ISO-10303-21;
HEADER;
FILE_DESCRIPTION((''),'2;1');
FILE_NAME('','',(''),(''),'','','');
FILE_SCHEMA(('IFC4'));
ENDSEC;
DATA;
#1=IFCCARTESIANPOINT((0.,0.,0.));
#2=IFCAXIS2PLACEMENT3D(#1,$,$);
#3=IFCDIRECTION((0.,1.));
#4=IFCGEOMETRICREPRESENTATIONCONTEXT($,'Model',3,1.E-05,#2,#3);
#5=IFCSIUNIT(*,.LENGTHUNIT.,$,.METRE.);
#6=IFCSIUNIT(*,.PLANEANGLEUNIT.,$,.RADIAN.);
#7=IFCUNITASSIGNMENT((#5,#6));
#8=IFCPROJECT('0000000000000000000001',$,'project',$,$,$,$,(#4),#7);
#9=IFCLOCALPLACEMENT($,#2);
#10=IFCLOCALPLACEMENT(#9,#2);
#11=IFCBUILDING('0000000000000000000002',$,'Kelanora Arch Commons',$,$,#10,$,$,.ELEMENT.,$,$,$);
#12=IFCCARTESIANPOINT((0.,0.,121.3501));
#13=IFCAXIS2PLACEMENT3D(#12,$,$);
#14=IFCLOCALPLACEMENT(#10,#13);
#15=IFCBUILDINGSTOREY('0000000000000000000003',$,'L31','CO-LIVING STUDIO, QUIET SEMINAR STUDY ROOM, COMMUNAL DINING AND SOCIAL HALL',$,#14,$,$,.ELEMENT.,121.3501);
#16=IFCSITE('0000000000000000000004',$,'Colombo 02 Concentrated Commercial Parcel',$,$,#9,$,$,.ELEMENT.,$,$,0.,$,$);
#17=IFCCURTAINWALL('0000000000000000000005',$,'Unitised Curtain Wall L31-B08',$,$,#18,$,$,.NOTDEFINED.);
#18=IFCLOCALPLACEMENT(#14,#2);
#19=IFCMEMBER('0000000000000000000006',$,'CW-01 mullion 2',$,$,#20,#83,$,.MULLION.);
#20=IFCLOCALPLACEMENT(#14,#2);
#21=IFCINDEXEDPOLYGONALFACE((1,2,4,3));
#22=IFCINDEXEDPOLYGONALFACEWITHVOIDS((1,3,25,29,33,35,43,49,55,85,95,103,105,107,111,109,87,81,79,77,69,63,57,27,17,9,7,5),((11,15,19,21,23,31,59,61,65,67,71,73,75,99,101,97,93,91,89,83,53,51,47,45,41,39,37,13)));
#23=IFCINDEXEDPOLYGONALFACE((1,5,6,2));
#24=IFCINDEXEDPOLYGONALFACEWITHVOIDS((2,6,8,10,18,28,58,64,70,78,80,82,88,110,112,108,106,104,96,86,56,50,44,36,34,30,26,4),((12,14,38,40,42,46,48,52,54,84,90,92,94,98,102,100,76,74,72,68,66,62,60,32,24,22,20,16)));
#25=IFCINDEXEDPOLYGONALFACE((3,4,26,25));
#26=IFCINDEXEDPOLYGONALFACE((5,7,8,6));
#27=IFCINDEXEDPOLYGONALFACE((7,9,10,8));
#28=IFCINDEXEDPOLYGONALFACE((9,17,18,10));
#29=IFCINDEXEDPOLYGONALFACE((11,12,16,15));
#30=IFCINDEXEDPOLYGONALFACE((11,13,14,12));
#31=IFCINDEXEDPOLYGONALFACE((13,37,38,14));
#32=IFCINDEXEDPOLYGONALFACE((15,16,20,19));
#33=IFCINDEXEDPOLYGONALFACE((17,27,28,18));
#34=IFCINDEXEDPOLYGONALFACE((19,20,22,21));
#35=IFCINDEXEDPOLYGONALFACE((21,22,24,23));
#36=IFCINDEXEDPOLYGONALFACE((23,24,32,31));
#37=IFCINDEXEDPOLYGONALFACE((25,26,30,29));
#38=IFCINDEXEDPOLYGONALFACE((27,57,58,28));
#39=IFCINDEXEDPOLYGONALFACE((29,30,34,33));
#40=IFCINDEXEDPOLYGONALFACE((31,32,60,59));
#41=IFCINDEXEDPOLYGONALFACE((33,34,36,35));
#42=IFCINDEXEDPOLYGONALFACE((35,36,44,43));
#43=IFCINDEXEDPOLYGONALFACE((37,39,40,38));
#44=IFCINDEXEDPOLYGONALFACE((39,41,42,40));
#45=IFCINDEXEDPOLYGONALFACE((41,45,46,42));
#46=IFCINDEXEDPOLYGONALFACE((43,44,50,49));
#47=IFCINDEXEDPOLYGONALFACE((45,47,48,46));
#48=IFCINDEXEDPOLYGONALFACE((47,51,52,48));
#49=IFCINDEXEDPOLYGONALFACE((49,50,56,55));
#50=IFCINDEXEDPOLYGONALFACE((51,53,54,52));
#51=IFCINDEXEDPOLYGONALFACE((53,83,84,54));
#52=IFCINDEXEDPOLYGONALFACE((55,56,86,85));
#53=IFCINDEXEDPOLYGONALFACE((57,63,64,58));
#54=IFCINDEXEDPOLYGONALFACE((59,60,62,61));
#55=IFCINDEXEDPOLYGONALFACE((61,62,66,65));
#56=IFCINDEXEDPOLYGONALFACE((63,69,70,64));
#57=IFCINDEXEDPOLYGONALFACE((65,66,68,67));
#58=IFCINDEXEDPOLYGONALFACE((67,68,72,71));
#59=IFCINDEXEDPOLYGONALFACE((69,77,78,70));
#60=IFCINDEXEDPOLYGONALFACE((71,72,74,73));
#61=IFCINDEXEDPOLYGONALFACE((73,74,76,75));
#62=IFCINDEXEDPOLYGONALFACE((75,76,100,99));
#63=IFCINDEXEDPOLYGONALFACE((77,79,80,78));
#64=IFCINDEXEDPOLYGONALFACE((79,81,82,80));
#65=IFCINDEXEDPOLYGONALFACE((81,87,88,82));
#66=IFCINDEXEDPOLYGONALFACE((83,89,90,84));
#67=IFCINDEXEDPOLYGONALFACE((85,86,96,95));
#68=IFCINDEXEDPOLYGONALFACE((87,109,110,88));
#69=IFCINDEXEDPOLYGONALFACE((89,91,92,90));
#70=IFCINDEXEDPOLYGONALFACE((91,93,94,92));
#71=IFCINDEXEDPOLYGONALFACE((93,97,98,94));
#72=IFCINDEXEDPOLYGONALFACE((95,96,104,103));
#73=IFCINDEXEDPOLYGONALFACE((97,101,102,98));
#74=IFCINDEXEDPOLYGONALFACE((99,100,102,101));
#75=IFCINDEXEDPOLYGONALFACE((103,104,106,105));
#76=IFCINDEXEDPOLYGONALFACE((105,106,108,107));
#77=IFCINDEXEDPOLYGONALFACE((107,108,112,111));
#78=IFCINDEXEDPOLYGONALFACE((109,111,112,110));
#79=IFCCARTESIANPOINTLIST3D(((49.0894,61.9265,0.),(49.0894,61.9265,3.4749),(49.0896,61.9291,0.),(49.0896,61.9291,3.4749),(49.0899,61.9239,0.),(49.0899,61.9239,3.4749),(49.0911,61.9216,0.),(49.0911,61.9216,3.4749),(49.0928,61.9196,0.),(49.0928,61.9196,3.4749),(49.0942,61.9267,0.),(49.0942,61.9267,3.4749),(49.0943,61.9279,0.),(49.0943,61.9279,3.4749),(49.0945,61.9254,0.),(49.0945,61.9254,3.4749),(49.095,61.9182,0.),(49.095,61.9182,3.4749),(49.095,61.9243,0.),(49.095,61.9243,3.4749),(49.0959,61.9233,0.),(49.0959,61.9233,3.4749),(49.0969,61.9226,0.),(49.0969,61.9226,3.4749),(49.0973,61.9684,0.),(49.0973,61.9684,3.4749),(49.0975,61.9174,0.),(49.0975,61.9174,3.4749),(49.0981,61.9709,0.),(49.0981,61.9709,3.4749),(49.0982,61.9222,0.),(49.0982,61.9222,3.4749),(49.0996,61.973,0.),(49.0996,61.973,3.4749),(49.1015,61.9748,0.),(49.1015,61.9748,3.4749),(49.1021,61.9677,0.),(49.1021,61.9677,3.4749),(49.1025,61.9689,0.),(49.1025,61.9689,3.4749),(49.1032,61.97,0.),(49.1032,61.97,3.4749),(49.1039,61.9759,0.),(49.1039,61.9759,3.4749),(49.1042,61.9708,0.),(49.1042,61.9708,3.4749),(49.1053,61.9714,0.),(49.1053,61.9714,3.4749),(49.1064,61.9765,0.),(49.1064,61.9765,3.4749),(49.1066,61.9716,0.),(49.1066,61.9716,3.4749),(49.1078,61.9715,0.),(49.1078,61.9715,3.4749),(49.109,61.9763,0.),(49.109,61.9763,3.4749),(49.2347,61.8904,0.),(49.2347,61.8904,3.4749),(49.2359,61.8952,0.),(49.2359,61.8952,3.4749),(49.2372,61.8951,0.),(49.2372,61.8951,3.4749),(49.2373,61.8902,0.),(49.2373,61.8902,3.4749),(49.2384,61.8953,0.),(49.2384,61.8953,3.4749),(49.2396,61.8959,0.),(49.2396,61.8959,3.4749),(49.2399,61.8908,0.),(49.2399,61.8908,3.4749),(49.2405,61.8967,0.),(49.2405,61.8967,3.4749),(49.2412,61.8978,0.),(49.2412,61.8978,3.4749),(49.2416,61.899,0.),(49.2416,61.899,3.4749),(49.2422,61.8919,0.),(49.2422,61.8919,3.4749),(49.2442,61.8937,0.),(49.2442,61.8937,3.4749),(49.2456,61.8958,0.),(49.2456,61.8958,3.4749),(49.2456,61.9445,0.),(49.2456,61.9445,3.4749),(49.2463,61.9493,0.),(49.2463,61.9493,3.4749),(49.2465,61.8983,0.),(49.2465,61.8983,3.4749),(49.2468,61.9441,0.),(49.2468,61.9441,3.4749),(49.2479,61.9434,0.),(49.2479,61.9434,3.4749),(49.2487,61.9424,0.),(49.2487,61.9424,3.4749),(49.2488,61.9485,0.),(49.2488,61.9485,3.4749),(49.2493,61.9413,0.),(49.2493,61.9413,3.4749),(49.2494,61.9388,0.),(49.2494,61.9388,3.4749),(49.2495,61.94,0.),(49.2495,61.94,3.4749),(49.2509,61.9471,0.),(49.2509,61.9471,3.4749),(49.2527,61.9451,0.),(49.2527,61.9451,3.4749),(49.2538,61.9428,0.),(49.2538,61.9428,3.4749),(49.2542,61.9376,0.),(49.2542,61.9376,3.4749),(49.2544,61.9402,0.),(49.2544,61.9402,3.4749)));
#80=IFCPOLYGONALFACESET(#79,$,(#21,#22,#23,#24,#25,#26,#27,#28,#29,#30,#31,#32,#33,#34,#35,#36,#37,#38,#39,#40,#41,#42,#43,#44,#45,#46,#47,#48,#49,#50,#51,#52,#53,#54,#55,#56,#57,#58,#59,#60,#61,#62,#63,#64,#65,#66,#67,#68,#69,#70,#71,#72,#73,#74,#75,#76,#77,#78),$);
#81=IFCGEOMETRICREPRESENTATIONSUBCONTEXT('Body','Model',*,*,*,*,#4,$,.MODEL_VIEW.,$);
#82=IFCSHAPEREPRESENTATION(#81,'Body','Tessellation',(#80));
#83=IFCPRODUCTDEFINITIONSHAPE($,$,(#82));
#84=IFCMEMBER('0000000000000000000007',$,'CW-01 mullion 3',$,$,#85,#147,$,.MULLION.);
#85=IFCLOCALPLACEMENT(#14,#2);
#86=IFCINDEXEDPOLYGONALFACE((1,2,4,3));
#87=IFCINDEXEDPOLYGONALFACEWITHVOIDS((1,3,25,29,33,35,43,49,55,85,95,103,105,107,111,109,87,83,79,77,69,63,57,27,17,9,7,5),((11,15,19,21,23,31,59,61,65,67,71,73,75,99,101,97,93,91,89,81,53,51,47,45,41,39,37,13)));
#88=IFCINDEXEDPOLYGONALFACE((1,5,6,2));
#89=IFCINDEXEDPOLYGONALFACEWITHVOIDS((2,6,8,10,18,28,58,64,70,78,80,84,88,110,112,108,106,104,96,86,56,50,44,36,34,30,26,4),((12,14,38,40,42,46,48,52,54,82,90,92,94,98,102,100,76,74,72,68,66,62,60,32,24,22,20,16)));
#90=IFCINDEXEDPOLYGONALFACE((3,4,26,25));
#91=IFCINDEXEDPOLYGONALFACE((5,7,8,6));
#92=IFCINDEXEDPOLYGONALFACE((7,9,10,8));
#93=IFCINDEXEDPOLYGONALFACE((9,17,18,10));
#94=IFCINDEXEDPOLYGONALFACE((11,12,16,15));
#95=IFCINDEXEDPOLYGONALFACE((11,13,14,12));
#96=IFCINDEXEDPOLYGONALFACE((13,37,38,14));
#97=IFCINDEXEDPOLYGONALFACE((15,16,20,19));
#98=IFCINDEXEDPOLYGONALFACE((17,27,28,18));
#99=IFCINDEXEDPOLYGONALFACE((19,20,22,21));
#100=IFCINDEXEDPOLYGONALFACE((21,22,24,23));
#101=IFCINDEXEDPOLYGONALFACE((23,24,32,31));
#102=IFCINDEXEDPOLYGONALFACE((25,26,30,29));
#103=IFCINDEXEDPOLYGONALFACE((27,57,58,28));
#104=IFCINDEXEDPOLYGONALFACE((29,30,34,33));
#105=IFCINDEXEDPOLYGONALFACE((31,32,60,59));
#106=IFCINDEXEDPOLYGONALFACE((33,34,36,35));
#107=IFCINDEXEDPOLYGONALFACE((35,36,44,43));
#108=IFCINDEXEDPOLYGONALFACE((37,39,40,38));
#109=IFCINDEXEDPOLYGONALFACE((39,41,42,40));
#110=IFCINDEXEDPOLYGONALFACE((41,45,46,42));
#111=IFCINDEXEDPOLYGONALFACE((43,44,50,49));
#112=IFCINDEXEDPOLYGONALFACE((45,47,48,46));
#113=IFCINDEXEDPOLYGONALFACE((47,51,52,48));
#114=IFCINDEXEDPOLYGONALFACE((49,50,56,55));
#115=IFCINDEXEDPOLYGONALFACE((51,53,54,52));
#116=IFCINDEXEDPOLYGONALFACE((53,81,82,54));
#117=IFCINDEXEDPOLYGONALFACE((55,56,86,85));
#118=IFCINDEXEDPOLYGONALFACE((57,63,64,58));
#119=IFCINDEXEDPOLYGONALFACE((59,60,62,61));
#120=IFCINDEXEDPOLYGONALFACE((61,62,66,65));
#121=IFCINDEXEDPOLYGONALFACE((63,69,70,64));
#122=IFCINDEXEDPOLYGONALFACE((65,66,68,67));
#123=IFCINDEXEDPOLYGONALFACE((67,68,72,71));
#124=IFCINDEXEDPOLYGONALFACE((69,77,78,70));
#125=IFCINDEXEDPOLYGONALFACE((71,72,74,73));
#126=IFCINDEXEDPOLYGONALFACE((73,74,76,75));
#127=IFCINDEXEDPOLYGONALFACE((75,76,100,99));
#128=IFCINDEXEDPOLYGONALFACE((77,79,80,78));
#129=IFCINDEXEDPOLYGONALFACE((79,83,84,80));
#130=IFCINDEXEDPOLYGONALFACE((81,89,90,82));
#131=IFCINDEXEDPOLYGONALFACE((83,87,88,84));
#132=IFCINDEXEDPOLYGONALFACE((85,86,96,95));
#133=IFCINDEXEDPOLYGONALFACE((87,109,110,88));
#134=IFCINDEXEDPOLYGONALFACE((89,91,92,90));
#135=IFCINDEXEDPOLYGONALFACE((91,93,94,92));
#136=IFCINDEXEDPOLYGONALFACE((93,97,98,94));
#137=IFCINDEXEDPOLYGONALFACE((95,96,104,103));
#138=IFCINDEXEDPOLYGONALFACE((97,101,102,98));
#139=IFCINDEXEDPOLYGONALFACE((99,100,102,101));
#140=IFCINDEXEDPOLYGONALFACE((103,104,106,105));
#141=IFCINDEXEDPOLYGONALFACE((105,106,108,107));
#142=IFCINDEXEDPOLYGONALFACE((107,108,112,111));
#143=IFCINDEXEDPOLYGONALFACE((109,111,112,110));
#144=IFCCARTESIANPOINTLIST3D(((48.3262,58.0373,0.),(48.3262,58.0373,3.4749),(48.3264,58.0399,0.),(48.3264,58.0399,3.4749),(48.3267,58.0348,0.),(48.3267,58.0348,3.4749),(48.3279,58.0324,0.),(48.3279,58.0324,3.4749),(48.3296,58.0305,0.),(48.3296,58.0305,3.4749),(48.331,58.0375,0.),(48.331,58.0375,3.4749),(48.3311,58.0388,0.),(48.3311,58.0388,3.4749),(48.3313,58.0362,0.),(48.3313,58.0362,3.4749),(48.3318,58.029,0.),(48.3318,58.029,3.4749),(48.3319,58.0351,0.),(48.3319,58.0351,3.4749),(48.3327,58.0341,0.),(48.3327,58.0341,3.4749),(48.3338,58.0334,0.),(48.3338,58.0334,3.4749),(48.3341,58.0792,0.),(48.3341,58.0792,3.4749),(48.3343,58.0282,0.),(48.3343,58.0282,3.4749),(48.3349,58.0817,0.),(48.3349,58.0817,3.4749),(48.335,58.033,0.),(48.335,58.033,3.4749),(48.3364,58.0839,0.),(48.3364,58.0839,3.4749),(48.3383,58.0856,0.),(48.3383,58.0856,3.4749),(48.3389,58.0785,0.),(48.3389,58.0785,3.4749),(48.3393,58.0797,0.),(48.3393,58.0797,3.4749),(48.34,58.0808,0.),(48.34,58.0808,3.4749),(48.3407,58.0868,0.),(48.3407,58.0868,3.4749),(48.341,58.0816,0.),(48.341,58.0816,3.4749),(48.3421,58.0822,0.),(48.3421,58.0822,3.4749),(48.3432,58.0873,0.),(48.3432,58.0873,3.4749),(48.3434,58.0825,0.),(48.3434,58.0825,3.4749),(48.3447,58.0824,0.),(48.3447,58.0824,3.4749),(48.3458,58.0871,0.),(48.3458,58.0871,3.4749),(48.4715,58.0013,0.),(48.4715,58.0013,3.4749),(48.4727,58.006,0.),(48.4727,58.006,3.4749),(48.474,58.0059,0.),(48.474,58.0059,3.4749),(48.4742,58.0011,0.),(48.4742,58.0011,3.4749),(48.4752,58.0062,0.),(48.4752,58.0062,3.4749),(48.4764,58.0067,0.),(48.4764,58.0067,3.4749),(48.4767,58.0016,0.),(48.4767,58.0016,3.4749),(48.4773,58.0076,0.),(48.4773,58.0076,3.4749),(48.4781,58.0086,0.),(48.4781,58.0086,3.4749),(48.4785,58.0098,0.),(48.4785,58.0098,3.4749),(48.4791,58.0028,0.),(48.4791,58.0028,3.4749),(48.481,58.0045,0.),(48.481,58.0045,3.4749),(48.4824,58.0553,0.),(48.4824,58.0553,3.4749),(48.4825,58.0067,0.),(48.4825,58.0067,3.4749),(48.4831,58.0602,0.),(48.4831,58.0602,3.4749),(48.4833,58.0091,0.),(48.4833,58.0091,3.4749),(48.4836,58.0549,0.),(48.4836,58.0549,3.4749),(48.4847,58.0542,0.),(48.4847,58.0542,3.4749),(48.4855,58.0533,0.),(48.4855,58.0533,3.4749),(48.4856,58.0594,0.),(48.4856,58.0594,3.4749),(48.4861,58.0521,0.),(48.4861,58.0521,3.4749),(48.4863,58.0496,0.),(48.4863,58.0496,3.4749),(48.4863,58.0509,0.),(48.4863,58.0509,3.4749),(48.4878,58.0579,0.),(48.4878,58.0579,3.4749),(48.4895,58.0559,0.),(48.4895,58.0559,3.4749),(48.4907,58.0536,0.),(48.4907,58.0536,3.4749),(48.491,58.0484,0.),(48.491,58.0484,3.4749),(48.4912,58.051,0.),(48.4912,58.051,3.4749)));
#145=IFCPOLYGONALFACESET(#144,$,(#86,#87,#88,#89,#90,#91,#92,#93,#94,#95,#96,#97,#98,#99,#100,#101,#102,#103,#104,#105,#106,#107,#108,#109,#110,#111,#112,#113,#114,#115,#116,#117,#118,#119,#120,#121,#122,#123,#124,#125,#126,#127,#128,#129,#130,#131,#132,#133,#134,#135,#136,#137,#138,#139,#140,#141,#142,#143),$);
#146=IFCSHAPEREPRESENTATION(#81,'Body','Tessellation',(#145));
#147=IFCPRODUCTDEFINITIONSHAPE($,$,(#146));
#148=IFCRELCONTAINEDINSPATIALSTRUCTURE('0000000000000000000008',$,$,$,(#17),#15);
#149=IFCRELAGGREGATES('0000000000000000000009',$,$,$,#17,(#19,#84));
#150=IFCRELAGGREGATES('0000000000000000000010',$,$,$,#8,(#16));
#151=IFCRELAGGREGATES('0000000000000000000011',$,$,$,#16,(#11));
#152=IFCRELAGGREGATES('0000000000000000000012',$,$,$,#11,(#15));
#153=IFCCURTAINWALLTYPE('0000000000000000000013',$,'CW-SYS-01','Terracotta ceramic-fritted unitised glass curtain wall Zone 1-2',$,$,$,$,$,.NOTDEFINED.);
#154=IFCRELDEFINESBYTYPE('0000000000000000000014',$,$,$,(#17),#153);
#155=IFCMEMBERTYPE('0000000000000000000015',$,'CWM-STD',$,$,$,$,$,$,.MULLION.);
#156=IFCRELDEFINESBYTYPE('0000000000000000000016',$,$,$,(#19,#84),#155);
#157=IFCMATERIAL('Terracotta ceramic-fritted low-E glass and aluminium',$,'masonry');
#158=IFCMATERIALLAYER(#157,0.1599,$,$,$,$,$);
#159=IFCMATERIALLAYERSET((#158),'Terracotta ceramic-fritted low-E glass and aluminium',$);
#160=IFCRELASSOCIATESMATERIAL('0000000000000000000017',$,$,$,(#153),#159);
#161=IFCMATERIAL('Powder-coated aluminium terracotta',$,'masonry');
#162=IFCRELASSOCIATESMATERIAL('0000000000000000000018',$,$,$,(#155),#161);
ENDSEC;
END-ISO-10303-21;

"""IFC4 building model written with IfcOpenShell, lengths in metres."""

from ifc_helpers import new_model, si_unit, direction, frame, origin, origin_2d, place, context, subcontext, project, spatial, hollow_rectangle, extrude, material, layer, layer_set, material_profile, profile_set, type_object, element, aggregate, save


model = new_model("IFC4")

# Units and contexts
model_context = context("Model", 3, precision=1e-05, world=origin(), true_north=direction((0.0, 1.0)))
body_context = subcontext(model_context, "Body", "Model", "MODEL_VIEW")
ifc_project = project(units=[si_unit("LENGTHUNIT", "METRE"), si_unit("PLANEANGLEUNIT", "RADIAN")], contexts=[model_context])

# Site, building, storey
site_placement = place(None, origin())
site = spatial("IfcSite", under=ifc_project, at=site_placement, Name="Colombo 02 Concentrated Commercial Parcel", CompositionType="ELEMENT", RefElevation=0.0)
building_placement = place(site_placement, origin())
building = spatial("IfcBuilding", under=site, at=building_placement, Name="Kelanora Arch Commons", CompositionType="ELEMENT")
storey_placement = place(building_placement, frame((0.0, 0.0, 121.3501)))
storey = spatial("IfcBuildingStorey", under=building, at=storey_placement, Name="L31", Description="CO-LIVING STUDIO, QUIET SEMINAR STUDY ROOM, COMMUNAL DINING AND SOCIAL HALL", CompositionType="ELEMENT", Elevation=121.3501)

# Curtain wall, members
ifc_material_1 = material(Name="Terracotta ceramic-fritted low-E glass and aluminium", Category="masonry")
ifc_layer_1 = layer(ifc_material_1, 0.1599)
ifc_layer_set_1 = layer_set([ifc_layer_1], Name="Terracotta ceramic-fritted low-E glass and aluminium")
curtain_wall_type = type_object("IfcCurtainWallType", Name="CW-SYS-01", Description="Terracotta ceramic-fritted unitised glass curtain wall Zone 1-2", PredefinedType="NOTDEFINED", material=ifc_layer_set_1)
curtain_wall_placement = place(storey_placement, origin())
curtain_wall = element("IfcCurtainWall", 1, at=curtain_wall_placement, inside=storey, type_object=curtain_wall_type, Name="Unitised Curtain Wall L31-B08", PredefinedType="NOTDEFINED")
ifc_material_2 = material(Name="Powder-coated aluminium terracotta", Category="masonry")
ifc_material_profile_1 = material_profile(ifc_material_2, hollow_rectangle(XDim=0.1599, YDim=0.0601, WallThickness=0.0049, InnerFilletRadius=0.0049, OuterFilletRadius=0.01, at=origin_2d()), Name="CWM160x60")
ifc_profile_set_1 = profile_set([ifc_material_profile_1], Name="Powder-coated aluminium terracotta")
member_type_1 = type_object("IfcMemberType", Name="CWM-STD", PredefinedType="MULLION", material=ifc_profile_set_1)
member_1_placement = place(storey_placement, frame((49.1719, 61.9333, 0.0), z_axis=(0.0, 0.0, 1.0), x_axis=(0.98128, -0.192585, 0.0)))
member_1 = element("IfcMember", 2, at=member_1_placement, type_object=member_type_1, Name="CW-01 mullion 2", PredefinedType="MULLION", context=body_context, shape_type="SweptSolid", body=[
    extrude(hollow_rectangle(XDim=0.1599, YDim=0.0601, WallThickness=0.0049, InnerFilletRadius=0.0049, OuterFilletRadius=0.01, at=origin_2d()), origin(), (0.0, 0.0, 1.0), 3.4749),
])
member_2_placement = place(storey_placement, frame((48.4087, 58.0442, 0.0), z_axis=(0.0, 0.0, 1.0), x_axis=(0.98128, -0.192585, 0.0)))
member_2 = element("IfcMember", 3, at=member_2_placement, type_object=member_type_1, Name="CW-01 mullion 3", PredefinedType="MULLION", context=body_context, shape_type="SweptSolid", body=[
    extrude(hollow_rectangle(XDim=0.1599, YDim=0.0601, WallThickness=0.0049, InnerFilletRadius=0.0049, OuterFilletRadius=0.01, at=origin_2d()), origin(), (0.0, 0.0, 1.0), 3.4749),
])
aggregate(curtain_wall, [member_1, member_2])

save(model, "model.ifc")
